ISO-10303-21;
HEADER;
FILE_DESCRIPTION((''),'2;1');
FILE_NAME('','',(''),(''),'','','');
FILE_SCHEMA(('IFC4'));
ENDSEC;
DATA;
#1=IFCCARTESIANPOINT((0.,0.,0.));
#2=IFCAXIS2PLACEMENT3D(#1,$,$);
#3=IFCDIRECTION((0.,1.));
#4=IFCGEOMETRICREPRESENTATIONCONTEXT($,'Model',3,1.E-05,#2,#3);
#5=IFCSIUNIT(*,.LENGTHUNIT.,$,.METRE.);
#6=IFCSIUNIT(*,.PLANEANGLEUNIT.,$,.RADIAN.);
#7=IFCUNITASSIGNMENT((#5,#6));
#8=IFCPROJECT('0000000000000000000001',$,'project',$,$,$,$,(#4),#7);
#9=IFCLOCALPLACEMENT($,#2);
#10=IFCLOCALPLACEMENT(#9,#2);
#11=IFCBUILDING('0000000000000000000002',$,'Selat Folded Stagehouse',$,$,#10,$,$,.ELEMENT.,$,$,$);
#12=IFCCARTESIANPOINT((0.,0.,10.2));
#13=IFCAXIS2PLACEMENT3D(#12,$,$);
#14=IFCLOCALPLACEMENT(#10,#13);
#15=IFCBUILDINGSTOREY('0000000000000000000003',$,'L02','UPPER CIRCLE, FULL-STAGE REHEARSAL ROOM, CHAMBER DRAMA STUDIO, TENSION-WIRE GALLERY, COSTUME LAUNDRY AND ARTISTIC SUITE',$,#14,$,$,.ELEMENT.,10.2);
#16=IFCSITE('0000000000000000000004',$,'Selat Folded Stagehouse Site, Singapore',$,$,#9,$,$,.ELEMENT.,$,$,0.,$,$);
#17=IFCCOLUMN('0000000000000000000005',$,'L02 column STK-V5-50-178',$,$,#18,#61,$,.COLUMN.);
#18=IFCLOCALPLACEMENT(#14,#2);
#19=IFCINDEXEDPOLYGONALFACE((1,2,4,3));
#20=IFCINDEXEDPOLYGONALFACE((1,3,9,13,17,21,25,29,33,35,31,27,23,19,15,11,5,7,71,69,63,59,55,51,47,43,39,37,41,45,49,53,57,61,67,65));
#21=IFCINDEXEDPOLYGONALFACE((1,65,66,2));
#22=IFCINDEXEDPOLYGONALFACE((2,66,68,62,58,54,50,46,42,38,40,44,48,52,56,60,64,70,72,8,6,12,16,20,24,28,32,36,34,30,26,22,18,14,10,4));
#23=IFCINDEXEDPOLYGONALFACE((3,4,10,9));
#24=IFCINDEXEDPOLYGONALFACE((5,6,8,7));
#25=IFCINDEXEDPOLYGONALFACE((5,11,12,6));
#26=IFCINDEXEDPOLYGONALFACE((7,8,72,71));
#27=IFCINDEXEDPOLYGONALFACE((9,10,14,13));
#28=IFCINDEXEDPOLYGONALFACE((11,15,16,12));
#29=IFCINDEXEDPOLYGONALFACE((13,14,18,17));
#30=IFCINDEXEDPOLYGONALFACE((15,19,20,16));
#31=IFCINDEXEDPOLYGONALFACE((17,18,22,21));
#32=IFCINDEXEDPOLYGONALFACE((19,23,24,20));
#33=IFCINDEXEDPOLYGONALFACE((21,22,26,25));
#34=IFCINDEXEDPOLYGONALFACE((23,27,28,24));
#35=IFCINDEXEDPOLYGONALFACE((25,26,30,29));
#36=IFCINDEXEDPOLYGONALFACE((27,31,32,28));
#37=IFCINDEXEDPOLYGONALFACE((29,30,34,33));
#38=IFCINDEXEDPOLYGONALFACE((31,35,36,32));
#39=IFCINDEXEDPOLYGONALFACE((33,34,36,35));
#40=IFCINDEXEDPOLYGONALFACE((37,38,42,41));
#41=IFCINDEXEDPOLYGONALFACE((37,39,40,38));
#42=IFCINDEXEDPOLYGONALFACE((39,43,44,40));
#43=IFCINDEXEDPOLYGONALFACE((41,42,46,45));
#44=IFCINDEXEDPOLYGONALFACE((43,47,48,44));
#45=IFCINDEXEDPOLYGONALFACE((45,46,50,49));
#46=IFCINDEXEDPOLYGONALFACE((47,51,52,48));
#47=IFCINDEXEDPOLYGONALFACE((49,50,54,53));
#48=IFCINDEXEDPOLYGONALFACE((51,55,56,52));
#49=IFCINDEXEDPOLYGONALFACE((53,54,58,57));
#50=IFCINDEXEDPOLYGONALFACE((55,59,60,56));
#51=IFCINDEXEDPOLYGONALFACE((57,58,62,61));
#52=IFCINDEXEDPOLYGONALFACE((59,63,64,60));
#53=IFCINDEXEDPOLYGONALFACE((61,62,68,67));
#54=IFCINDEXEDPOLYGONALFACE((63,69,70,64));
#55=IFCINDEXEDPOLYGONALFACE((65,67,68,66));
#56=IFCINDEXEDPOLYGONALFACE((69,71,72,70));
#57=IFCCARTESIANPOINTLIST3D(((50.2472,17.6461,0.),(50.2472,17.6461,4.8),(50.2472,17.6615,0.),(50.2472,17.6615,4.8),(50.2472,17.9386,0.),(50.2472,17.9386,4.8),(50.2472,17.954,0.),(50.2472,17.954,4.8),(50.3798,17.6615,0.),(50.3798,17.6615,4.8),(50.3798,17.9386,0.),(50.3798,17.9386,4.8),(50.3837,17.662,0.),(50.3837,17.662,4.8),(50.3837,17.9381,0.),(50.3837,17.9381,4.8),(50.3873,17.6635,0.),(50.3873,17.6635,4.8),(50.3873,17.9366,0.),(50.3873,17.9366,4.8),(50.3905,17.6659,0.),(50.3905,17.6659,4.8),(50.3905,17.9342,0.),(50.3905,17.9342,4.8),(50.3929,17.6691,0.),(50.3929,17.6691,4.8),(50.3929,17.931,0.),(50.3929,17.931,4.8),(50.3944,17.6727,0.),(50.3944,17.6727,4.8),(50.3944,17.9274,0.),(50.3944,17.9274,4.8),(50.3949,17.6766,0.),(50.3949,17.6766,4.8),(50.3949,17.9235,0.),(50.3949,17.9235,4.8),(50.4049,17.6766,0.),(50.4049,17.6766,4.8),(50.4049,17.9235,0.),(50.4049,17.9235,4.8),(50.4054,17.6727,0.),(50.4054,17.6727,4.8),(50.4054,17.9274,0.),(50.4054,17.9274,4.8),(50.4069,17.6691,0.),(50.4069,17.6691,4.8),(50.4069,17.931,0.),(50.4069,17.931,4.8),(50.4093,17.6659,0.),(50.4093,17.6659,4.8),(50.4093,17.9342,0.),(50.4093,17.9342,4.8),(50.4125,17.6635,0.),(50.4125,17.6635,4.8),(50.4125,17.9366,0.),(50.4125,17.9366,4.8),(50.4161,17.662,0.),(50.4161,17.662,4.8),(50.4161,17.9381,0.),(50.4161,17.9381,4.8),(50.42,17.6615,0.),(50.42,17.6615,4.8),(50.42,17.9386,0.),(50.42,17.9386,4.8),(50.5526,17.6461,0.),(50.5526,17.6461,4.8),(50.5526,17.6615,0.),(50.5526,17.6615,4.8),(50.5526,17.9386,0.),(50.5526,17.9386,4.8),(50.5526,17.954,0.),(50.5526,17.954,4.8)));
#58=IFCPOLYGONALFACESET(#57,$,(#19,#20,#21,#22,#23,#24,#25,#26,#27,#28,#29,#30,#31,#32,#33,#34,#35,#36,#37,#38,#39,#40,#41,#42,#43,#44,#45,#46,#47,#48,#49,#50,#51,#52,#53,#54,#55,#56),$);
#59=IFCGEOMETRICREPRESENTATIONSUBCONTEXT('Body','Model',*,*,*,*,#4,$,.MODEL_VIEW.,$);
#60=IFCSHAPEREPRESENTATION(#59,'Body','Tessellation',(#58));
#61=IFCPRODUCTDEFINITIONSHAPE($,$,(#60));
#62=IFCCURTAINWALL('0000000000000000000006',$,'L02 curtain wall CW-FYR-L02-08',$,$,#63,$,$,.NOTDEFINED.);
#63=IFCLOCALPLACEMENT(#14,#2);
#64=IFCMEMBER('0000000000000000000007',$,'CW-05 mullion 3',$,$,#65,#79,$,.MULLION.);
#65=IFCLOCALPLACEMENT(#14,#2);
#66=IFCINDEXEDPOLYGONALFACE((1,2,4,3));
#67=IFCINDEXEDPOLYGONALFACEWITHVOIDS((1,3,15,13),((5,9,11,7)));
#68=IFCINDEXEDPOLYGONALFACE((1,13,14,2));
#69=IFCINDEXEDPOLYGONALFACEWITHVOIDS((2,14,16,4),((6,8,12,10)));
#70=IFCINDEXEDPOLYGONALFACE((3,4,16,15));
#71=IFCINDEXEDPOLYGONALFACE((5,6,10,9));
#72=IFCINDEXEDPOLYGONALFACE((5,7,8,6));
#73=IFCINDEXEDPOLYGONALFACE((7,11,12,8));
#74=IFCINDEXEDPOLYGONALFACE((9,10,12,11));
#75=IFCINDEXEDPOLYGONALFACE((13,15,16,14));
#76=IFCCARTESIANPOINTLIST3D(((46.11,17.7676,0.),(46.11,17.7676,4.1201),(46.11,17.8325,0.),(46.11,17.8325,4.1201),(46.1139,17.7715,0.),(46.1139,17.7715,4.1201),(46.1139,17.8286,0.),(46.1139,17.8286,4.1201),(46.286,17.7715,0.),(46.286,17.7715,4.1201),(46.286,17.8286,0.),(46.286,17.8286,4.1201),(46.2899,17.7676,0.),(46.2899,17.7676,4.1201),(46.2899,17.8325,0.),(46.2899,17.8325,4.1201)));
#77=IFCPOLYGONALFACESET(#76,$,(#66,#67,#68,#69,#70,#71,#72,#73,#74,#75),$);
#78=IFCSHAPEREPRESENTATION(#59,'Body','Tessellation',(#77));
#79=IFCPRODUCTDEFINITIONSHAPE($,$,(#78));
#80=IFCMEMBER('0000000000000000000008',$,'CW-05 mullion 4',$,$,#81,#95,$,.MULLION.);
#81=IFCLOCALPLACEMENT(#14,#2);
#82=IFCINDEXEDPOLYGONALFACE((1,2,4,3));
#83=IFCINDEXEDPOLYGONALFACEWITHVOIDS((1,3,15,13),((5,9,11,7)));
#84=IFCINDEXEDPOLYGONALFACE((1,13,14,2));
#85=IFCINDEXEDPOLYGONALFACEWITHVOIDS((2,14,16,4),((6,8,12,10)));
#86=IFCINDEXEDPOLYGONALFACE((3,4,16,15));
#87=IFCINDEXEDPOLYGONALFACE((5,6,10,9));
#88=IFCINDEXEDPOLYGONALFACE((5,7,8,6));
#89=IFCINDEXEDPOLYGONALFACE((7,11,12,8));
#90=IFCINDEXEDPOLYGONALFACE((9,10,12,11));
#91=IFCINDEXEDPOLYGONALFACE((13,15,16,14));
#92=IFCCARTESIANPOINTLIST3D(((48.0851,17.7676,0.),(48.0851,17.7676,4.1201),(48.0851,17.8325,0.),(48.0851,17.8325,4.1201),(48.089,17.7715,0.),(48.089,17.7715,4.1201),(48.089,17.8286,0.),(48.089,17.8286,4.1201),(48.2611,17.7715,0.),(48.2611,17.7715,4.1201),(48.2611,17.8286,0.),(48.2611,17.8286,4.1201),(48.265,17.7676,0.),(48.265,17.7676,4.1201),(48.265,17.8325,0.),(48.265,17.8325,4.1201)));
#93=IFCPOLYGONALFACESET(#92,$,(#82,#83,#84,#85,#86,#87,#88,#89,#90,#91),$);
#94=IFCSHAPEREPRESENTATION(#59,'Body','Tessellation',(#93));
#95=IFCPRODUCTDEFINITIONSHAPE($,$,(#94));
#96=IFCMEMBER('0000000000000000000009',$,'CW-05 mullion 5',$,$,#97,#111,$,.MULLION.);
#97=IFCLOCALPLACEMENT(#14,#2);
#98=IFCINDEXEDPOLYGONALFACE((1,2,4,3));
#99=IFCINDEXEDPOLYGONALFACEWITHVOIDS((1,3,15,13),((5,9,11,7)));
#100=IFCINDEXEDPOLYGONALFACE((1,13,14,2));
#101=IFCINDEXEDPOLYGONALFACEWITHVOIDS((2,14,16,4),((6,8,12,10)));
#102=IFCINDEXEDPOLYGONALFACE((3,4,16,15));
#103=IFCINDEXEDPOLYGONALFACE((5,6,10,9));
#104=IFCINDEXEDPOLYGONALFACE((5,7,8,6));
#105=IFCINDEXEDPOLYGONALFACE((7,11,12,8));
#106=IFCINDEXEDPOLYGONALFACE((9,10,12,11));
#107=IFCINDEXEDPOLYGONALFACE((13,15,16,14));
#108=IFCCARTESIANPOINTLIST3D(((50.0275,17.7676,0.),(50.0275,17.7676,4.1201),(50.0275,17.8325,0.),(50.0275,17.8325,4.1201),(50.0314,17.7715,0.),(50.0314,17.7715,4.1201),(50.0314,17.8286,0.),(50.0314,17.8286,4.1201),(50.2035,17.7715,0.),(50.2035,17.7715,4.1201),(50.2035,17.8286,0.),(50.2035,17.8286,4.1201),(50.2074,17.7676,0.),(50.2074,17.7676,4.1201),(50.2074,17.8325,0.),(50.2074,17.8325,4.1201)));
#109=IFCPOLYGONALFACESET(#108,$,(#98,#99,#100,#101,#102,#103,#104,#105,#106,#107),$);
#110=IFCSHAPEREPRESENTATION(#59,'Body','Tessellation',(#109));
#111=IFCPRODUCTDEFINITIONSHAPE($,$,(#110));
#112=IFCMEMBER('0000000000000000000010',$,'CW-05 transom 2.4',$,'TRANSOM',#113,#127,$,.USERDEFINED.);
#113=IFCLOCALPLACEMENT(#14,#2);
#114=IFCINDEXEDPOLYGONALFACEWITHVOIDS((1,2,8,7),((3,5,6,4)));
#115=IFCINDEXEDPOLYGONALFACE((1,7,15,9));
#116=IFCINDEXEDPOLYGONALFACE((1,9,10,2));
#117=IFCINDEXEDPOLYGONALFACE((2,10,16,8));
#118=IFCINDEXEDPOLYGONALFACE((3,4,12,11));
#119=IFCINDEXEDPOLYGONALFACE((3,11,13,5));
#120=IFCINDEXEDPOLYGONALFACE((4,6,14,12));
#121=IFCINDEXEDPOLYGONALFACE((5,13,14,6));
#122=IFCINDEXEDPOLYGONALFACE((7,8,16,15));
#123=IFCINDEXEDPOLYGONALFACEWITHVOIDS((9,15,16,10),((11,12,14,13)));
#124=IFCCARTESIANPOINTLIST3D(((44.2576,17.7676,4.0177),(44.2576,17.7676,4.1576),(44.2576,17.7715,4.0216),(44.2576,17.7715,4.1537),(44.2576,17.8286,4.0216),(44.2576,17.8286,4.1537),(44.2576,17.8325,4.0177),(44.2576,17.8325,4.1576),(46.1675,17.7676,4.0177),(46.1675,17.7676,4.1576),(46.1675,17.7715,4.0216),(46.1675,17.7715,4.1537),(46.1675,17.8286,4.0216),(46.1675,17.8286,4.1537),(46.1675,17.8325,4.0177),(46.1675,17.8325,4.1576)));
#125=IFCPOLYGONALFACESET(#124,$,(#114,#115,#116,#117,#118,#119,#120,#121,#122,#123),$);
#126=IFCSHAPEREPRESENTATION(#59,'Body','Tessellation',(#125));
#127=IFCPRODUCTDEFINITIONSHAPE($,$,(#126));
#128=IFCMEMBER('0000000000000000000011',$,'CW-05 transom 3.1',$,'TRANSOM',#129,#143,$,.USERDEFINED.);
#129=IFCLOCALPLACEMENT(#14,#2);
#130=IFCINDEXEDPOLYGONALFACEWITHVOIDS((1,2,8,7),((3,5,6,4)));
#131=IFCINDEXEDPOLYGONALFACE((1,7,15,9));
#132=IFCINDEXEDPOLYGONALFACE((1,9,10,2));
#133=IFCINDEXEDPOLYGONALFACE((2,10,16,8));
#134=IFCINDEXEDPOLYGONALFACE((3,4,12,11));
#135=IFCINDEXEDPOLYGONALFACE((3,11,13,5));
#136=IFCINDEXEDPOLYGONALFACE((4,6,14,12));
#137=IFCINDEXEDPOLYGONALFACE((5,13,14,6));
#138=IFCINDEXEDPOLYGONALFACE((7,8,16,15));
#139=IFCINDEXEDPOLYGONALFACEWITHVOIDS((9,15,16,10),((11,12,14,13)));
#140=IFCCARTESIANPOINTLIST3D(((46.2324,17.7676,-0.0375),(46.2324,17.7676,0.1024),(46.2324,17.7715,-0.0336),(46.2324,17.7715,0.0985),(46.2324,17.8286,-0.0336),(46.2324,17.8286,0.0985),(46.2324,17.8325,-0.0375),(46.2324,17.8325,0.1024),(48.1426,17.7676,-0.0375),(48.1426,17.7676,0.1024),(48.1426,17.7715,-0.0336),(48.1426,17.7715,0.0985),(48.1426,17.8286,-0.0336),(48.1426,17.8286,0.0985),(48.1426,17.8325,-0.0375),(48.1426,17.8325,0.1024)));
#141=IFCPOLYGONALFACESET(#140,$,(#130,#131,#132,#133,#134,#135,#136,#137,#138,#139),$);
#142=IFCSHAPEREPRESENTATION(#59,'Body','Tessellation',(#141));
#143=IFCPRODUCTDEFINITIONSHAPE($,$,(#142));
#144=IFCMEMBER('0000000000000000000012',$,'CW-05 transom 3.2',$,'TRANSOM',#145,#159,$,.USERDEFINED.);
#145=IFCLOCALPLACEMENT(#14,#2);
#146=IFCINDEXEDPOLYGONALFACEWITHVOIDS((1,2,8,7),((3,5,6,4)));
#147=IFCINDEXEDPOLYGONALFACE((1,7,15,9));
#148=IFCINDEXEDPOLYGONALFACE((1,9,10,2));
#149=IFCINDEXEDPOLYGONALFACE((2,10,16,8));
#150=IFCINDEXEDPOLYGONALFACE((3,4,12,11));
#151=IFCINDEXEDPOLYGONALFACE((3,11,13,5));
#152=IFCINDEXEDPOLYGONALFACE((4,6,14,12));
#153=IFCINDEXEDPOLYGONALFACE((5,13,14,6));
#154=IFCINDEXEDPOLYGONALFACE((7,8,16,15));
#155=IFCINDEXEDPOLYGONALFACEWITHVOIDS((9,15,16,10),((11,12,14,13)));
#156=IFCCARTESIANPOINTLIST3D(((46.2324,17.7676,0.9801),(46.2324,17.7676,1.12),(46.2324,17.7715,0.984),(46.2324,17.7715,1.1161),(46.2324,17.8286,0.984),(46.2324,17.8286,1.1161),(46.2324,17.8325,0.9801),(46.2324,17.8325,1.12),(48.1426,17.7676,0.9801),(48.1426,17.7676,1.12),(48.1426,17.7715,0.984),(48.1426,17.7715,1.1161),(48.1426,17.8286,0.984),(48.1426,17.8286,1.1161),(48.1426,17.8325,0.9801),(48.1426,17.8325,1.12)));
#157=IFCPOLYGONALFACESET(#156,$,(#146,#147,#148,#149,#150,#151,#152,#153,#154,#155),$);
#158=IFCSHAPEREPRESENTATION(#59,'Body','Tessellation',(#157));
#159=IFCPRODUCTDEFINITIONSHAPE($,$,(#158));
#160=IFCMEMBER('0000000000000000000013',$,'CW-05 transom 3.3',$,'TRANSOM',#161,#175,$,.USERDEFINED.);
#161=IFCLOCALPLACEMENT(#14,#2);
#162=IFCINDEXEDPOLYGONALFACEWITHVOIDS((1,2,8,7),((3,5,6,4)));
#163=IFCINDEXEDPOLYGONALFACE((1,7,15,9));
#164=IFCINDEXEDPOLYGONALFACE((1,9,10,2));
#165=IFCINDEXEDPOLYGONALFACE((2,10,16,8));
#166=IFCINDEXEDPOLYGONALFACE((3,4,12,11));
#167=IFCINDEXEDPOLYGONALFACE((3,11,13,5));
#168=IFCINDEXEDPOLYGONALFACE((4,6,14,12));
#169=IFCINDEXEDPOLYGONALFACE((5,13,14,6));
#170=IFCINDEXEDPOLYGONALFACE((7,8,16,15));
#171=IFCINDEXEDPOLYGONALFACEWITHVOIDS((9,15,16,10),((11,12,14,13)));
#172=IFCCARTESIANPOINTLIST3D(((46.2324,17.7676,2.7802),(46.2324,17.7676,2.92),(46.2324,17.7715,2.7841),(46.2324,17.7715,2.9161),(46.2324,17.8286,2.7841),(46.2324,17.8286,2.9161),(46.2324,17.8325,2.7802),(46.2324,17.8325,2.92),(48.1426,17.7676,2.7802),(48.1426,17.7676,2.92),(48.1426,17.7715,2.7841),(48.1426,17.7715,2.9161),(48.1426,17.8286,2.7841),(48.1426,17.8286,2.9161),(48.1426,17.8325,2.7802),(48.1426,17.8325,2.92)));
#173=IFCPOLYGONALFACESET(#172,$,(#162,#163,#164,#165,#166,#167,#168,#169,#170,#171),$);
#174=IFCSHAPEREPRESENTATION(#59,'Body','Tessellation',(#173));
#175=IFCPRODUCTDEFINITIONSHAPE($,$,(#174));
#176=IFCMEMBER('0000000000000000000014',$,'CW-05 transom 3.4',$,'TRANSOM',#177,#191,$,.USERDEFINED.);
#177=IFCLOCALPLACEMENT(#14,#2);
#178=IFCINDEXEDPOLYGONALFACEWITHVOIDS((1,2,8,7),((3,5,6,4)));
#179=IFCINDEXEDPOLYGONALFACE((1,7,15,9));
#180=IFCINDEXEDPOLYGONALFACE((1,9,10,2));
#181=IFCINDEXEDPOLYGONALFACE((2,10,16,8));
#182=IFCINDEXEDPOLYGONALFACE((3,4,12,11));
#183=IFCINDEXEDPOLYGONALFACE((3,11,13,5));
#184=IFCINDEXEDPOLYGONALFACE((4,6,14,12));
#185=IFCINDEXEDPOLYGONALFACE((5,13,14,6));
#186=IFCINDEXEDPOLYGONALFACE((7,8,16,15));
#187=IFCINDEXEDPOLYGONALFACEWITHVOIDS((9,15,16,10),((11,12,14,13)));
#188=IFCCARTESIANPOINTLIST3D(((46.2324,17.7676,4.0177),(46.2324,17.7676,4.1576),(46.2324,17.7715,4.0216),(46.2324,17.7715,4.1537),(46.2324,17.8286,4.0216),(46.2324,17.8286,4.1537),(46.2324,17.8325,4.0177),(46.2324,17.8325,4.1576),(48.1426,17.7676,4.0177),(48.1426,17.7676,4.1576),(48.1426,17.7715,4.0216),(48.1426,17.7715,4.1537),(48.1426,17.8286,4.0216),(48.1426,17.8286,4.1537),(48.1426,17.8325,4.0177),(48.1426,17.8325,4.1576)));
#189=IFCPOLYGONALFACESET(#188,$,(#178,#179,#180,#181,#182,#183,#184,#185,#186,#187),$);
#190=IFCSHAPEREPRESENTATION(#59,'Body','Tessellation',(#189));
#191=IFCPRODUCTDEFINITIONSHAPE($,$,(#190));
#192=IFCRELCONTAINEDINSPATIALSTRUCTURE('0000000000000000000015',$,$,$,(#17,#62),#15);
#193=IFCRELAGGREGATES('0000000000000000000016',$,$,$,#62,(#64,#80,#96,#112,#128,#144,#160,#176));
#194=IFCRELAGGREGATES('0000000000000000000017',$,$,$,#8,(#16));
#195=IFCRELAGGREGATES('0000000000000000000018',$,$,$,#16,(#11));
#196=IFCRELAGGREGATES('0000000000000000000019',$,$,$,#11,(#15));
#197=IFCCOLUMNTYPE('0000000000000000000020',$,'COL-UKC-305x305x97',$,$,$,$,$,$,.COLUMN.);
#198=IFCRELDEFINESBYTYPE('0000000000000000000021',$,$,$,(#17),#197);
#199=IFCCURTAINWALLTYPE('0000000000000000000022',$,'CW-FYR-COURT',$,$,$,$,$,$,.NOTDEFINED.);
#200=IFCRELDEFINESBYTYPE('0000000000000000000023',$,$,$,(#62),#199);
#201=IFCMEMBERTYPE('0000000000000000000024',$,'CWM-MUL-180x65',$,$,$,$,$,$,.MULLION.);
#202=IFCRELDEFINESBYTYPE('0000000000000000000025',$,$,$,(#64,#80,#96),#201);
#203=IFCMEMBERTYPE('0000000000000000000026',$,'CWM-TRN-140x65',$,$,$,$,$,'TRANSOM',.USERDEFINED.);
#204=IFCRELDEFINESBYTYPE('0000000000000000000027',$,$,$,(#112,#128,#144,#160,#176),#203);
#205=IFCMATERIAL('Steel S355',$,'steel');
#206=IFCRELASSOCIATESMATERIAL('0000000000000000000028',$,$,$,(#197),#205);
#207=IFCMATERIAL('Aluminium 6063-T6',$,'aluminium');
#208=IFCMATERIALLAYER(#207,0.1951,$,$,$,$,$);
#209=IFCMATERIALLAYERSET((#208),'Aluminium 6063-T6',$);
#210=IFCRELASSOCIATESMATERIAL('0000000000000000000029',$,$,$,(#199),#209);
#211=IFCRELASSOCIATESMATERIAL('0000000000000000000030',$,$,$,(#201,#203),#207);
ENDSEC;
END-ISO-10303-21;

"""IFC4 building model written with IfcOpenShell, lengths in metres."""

from ifc_helpers import new_model, si_unit, direction, frame, origin, origin_2d, place, context, subcontext, project, spatial, hollow_rectangle, i_section, extrude, material, layer, layer_set, material_profile, profile_set, type_object, element, aggregate, save


model = new_model("IFC4")

# Units and contexts
model_context = context("Model", 3, precision=1e-05, world=origin(), true_north=direction((0.0, 1.0)))
body_context = subcontext(model_context, "Body", "Model", "MODEL_VIEW")
ifc_project = project(units=[si_unit("LENGTHUNIT", "METRE"), si_unit("PLANEANGLEUNIT", "RADIAN")], contexts=[model_context])

# Site, building, storey
site_placement = place(None, origin())
site = spatial("IfcSite", under=ifc_project, at=site_placement, Name="Selat Folded Stagehouse Site, Singapore", CompositionType="ELEMENT", RefElevation=0.0)
building_placement = place(site_placement, origin())
building = spatial("IfcBuilding", under=site, at=building_placement, Name="Selat Folded Stagehouse", CompositionType="ELEMENT")
storey_placement = place(building_placement, frame((0.0, 0.0, 10.2)))
storey = spatial("IfcBuildingStorey", under=building, at=storey_placement, Name="L02", Description="UPPER CIRCLE, FULL-STAGE REHEARSAL ROOM, CHAMBER DRAMA STUDIO, TENSION-WIRE GALLERY, COSTUME LAUNDRY AND ARTISTIC SUITE", CompositionType="ELEMENT", Elevation=10.2)

# Column
ifc_material_1 = material(Name="Steel S355", Category="steel")
ifc_material_profile_1 = material_profile(ifc_material_1, i_section(OverallWidth=0.3054, OverallDepth=0.3079, WebThickness=0.01, FlangeThickness=0.0154, FilletRadius=0.0151, at=origin_2d()), Name="UKC 305x305x97")
ifc_profile_set_1 = profile_set([ifc_material_profile_1], Name="Steel S355")
column_type = type_object("IfcColumnType", Name="COL-UKC-305x305x97", PredefinedType="COLUMN", material=ifc_profile_set_1)
column_placement = place(storey_placement, frame((50.3999, 17.8, 0.0), z_axis=(0.0, 0.0, 1.0), x_axis=(1.0, 0.0, 0.0)))
element("IfcColumn", 1, at=column_placement, inside=storey, type_object=column_type, Name="L02 column STK-V5-50-178", PredefinedType="COLUMN", context=body_context, shape_type="SweptSolid", body=[
    extrude(i_section(OverallWidth=0.3054, OverallDepth=0.3079, WebThickness=0.01, FlangeThickness=0.0154, FilletRadius=0.0151, at=origin_2d()), origin(), (0.0, 0.0, 1.0), 4.8),
])

# Curtain wall, members
ifc_material_2 = material(Name="Aluminium 6063-T6", Category="aluminium")
ifc_layer_1 = layer(ifc_material_2, 0.1951)
ifc_layer_set_1 = layer_set([ifc_layer_1], Name="Aluminium 6063-T6")
curtain_wall_type = type_object("IfcCurtainWallType", Name="CW-FYR-COURT", PredefinedType="NOTDEFINED", material=ifc_layer_set_1)
curtain_wall_placement = place(storey_placement, origin())
curtain_wall = element("IfcCurtainWall", 2, at=curtain_wall_placement, inside=storey, type_object=curtain_wall_type, Name="L02 curtain wall CW-FYR-L02-08", PredefinedType="NOTDEFINED")
ifc_material_profile_2 = material_profile(ifc_material_2, hollow_rectangle(XDim=0.0649, YDim=0.1799, WallThickness=0.0039, at=origin_2d()), Name="ALU 180x65x4.0")
ifc_profile_set_2 = profile_set([ifc_material_profile_2], Name="Aluminium 6063-T6")
member_type_1 = type_object("IfcMemberType", Name="CWM-MUL-180x65", PredefinedType="MULLION", material=ifc_profile_set_2)
member_1_placement = place(storey_placement, frame((46.2, 17.8, 0.0), z_axis=(0.0, 0.0, 1.0), x_axis=(0.0, 1.0, 0.0)))
member_1 = element("IfcMember", 3, at=member_1_placement, type_object=member_type_1, Name="CW-05 mullion 3", PredefinedType="MULLION", context=body_context, shape_type="SweptSolid", body=[
    extrude(hollow_rectangle(XDim=0.0649, YDim=0.1799, WallThickness=0.0039, at=origin_2d()), origin(), (0.0, 0.0, 1.0), 4.1201),
])
member_2_placement = place(storey_placement, frame((48.175, 17.8, 0.0), z_axis=(0.0, 0.0, 1.0), x_axis=(0.0, 1.0, 0.0)))
member_2 = element("IfcMember", 4, at=member_2_placement, type_object=member_type_1, Name="CW-05 mullion 4", PredefinedType="MULLION", context=body_context, shape_type="SweptSolid", body=[
    extrude(hollow_rectangle(XDim=0.0649, YDim=0.1799, WallThickness=0.0039, at=origin_2d()), origin(), (0.0, 0.0, 1.0), 4.1201),
])
member_3_placement = place(storey_placement, frame((50.1174, 17.8, 0.0), z_axis=(0.0, 0.0, 1.0), x_axis=(0.0, 1.0, 0.0)))
member_3 = element("IfcMember", 5, at=member_3_placement, type_object=member_type_1, Name="CW-05 mullion 5", PredefinedType="MULLION", context=body_context, shape_type="SweptSolid", body=[
    extrude(hollow_rectangle(XDim=0.0649, YDim=0.1799, WallThickness=0.0039, at=origin_2d()), origin(), (0.0, 0.0, 1.0), 4.1201),
])
ifc_material_profile_3 = material_profile(ifc_material_2, hollow_rectangle(XDim=0.0649, YDim=0.1399, WallThickness=0.0039, at=origin_2d()), Name="ALU 140x65x4.0")
ifc_profile_set_3 = profile_set([ifc_material_profile_3], Name="Aluminium 6063-T6")
member_type_2 = type_object("IfcMemberType", Name="CWM-TRN-140x65", ElementType="TRANSOM", PredefinedType="USERDEFINED", material=ifc_profile_set_3)
member_4_placement = place(storey_placement, frame((44.2576, 17.8, 4.0876), z_axis=(1.0, 0.0, 0.0), x_axis=(0.0, 1.0, 0.0)))
member_4 = element("IfcMember", 6, at=member_4_placement, type_object=member_type_2, Name="CW-05 transom 2.4", ObjectType="TRANSOM", PredefinedType="USERDEFINED", context=body_context, shape_type="SweptSolid", body=[
    extrude(hollow_rectangle(XDim=0.0649, YDim=0.1399, WallThickness=0.0039, at=origin_2d()), origin(), (0.0, 0.0, 1.0), 1.9099),
])
member_5_placement = place(storey_placement, frame((46.2324, 17.8, 0.0325), z_axis=(1.0, 0.0, 0.0), x_axis=(0.0, 1.0, 0.0)))
member_5 = element("IfcMember", 7, at=member_5_placement, type_object=member_type_2, Name="CW-05 transom 3.1", ObjectType="TRANSOM", PredefinedType="USERDEFINED", context=body_context, shape_type="SweptSolid", body=[
    extrude(hollow_rectangle(XDim=0.0649, YDim=0.1399, WallThickness=0.0039, at=origin_2d()), origin(), (0.0, 0.0, 1.0), 1.9102),
])
member_6_placement = place(storey_placement, frame((46.2324, 17.8, 1.05), z_axis=(1.0, 0.0, 0.0), x_axis=(0.0, 1.0, 0.0)))
member_6 = element("IfcMember", 8, at=member_6_placement, type_object=member_type_2, Name="CW-05 transom 3.2", ObjectType="TRANSOM", PredefinedType="USERDEFINED", context=body_context, shape_type="SweptSolid", body=[
    extrude(hollow_rectangle(XDim=0.0649, YDim=0.1399, WallThickness=0.0039, at=origin_2d()), origin(), (0.0, 0.0, 1.0), 1.9102),
])
member_7_placement = place(storey_placement, frame((46.2324, 17.8, 2.8501), z_axis=(1.0, 0.0, 0.0), x_axis=(0.0, 1.0, 0.0)))
member_7 = element("IfcMember", 9, at=member_7_placement, type_object=member_type_2, Name="CW-05 transom 3.3", ObjectType="TRANSOM", PredefinedType="USERDEFINED", context=body_context, shape_type="SweptSolid", body=[
    extrude(hollow_rectangle(XDim=0.0649, YDim=0.1399, WallThickness=0.0039, at=origin_2d()), origin(), (0.0, 0.0, 1.0), 1.9102),
])
member_8_placement = place(storey_placement, frame((46.2324, 17.8, 4.0876), z_axis=(1.0, 0.0, 0.0), x_axis=(0.0, 1.0, 0.0)))
member_8 = element("IfcMember", 10, at=member_8_placement, type_object=member_type_2, Name="CW-05 transom 3.4", ObjectType="TRANSOM", PredefinedType="USERDEFINED", context=body_context, shape_type="SweptSolid", body=[
    extrude(hollow_rectangle(XDim=0.0649, YDim=0.1399, WallThickness=0.0039, at=origin_2d()), origin(), (0.0, 0.0, 1.0), 1.9102),
])
aggregate(curtain_wall, [member_1, member_2, member_3, member_4, member_5, member_6, member_7, member_8])

save(model, "model.ifc")
